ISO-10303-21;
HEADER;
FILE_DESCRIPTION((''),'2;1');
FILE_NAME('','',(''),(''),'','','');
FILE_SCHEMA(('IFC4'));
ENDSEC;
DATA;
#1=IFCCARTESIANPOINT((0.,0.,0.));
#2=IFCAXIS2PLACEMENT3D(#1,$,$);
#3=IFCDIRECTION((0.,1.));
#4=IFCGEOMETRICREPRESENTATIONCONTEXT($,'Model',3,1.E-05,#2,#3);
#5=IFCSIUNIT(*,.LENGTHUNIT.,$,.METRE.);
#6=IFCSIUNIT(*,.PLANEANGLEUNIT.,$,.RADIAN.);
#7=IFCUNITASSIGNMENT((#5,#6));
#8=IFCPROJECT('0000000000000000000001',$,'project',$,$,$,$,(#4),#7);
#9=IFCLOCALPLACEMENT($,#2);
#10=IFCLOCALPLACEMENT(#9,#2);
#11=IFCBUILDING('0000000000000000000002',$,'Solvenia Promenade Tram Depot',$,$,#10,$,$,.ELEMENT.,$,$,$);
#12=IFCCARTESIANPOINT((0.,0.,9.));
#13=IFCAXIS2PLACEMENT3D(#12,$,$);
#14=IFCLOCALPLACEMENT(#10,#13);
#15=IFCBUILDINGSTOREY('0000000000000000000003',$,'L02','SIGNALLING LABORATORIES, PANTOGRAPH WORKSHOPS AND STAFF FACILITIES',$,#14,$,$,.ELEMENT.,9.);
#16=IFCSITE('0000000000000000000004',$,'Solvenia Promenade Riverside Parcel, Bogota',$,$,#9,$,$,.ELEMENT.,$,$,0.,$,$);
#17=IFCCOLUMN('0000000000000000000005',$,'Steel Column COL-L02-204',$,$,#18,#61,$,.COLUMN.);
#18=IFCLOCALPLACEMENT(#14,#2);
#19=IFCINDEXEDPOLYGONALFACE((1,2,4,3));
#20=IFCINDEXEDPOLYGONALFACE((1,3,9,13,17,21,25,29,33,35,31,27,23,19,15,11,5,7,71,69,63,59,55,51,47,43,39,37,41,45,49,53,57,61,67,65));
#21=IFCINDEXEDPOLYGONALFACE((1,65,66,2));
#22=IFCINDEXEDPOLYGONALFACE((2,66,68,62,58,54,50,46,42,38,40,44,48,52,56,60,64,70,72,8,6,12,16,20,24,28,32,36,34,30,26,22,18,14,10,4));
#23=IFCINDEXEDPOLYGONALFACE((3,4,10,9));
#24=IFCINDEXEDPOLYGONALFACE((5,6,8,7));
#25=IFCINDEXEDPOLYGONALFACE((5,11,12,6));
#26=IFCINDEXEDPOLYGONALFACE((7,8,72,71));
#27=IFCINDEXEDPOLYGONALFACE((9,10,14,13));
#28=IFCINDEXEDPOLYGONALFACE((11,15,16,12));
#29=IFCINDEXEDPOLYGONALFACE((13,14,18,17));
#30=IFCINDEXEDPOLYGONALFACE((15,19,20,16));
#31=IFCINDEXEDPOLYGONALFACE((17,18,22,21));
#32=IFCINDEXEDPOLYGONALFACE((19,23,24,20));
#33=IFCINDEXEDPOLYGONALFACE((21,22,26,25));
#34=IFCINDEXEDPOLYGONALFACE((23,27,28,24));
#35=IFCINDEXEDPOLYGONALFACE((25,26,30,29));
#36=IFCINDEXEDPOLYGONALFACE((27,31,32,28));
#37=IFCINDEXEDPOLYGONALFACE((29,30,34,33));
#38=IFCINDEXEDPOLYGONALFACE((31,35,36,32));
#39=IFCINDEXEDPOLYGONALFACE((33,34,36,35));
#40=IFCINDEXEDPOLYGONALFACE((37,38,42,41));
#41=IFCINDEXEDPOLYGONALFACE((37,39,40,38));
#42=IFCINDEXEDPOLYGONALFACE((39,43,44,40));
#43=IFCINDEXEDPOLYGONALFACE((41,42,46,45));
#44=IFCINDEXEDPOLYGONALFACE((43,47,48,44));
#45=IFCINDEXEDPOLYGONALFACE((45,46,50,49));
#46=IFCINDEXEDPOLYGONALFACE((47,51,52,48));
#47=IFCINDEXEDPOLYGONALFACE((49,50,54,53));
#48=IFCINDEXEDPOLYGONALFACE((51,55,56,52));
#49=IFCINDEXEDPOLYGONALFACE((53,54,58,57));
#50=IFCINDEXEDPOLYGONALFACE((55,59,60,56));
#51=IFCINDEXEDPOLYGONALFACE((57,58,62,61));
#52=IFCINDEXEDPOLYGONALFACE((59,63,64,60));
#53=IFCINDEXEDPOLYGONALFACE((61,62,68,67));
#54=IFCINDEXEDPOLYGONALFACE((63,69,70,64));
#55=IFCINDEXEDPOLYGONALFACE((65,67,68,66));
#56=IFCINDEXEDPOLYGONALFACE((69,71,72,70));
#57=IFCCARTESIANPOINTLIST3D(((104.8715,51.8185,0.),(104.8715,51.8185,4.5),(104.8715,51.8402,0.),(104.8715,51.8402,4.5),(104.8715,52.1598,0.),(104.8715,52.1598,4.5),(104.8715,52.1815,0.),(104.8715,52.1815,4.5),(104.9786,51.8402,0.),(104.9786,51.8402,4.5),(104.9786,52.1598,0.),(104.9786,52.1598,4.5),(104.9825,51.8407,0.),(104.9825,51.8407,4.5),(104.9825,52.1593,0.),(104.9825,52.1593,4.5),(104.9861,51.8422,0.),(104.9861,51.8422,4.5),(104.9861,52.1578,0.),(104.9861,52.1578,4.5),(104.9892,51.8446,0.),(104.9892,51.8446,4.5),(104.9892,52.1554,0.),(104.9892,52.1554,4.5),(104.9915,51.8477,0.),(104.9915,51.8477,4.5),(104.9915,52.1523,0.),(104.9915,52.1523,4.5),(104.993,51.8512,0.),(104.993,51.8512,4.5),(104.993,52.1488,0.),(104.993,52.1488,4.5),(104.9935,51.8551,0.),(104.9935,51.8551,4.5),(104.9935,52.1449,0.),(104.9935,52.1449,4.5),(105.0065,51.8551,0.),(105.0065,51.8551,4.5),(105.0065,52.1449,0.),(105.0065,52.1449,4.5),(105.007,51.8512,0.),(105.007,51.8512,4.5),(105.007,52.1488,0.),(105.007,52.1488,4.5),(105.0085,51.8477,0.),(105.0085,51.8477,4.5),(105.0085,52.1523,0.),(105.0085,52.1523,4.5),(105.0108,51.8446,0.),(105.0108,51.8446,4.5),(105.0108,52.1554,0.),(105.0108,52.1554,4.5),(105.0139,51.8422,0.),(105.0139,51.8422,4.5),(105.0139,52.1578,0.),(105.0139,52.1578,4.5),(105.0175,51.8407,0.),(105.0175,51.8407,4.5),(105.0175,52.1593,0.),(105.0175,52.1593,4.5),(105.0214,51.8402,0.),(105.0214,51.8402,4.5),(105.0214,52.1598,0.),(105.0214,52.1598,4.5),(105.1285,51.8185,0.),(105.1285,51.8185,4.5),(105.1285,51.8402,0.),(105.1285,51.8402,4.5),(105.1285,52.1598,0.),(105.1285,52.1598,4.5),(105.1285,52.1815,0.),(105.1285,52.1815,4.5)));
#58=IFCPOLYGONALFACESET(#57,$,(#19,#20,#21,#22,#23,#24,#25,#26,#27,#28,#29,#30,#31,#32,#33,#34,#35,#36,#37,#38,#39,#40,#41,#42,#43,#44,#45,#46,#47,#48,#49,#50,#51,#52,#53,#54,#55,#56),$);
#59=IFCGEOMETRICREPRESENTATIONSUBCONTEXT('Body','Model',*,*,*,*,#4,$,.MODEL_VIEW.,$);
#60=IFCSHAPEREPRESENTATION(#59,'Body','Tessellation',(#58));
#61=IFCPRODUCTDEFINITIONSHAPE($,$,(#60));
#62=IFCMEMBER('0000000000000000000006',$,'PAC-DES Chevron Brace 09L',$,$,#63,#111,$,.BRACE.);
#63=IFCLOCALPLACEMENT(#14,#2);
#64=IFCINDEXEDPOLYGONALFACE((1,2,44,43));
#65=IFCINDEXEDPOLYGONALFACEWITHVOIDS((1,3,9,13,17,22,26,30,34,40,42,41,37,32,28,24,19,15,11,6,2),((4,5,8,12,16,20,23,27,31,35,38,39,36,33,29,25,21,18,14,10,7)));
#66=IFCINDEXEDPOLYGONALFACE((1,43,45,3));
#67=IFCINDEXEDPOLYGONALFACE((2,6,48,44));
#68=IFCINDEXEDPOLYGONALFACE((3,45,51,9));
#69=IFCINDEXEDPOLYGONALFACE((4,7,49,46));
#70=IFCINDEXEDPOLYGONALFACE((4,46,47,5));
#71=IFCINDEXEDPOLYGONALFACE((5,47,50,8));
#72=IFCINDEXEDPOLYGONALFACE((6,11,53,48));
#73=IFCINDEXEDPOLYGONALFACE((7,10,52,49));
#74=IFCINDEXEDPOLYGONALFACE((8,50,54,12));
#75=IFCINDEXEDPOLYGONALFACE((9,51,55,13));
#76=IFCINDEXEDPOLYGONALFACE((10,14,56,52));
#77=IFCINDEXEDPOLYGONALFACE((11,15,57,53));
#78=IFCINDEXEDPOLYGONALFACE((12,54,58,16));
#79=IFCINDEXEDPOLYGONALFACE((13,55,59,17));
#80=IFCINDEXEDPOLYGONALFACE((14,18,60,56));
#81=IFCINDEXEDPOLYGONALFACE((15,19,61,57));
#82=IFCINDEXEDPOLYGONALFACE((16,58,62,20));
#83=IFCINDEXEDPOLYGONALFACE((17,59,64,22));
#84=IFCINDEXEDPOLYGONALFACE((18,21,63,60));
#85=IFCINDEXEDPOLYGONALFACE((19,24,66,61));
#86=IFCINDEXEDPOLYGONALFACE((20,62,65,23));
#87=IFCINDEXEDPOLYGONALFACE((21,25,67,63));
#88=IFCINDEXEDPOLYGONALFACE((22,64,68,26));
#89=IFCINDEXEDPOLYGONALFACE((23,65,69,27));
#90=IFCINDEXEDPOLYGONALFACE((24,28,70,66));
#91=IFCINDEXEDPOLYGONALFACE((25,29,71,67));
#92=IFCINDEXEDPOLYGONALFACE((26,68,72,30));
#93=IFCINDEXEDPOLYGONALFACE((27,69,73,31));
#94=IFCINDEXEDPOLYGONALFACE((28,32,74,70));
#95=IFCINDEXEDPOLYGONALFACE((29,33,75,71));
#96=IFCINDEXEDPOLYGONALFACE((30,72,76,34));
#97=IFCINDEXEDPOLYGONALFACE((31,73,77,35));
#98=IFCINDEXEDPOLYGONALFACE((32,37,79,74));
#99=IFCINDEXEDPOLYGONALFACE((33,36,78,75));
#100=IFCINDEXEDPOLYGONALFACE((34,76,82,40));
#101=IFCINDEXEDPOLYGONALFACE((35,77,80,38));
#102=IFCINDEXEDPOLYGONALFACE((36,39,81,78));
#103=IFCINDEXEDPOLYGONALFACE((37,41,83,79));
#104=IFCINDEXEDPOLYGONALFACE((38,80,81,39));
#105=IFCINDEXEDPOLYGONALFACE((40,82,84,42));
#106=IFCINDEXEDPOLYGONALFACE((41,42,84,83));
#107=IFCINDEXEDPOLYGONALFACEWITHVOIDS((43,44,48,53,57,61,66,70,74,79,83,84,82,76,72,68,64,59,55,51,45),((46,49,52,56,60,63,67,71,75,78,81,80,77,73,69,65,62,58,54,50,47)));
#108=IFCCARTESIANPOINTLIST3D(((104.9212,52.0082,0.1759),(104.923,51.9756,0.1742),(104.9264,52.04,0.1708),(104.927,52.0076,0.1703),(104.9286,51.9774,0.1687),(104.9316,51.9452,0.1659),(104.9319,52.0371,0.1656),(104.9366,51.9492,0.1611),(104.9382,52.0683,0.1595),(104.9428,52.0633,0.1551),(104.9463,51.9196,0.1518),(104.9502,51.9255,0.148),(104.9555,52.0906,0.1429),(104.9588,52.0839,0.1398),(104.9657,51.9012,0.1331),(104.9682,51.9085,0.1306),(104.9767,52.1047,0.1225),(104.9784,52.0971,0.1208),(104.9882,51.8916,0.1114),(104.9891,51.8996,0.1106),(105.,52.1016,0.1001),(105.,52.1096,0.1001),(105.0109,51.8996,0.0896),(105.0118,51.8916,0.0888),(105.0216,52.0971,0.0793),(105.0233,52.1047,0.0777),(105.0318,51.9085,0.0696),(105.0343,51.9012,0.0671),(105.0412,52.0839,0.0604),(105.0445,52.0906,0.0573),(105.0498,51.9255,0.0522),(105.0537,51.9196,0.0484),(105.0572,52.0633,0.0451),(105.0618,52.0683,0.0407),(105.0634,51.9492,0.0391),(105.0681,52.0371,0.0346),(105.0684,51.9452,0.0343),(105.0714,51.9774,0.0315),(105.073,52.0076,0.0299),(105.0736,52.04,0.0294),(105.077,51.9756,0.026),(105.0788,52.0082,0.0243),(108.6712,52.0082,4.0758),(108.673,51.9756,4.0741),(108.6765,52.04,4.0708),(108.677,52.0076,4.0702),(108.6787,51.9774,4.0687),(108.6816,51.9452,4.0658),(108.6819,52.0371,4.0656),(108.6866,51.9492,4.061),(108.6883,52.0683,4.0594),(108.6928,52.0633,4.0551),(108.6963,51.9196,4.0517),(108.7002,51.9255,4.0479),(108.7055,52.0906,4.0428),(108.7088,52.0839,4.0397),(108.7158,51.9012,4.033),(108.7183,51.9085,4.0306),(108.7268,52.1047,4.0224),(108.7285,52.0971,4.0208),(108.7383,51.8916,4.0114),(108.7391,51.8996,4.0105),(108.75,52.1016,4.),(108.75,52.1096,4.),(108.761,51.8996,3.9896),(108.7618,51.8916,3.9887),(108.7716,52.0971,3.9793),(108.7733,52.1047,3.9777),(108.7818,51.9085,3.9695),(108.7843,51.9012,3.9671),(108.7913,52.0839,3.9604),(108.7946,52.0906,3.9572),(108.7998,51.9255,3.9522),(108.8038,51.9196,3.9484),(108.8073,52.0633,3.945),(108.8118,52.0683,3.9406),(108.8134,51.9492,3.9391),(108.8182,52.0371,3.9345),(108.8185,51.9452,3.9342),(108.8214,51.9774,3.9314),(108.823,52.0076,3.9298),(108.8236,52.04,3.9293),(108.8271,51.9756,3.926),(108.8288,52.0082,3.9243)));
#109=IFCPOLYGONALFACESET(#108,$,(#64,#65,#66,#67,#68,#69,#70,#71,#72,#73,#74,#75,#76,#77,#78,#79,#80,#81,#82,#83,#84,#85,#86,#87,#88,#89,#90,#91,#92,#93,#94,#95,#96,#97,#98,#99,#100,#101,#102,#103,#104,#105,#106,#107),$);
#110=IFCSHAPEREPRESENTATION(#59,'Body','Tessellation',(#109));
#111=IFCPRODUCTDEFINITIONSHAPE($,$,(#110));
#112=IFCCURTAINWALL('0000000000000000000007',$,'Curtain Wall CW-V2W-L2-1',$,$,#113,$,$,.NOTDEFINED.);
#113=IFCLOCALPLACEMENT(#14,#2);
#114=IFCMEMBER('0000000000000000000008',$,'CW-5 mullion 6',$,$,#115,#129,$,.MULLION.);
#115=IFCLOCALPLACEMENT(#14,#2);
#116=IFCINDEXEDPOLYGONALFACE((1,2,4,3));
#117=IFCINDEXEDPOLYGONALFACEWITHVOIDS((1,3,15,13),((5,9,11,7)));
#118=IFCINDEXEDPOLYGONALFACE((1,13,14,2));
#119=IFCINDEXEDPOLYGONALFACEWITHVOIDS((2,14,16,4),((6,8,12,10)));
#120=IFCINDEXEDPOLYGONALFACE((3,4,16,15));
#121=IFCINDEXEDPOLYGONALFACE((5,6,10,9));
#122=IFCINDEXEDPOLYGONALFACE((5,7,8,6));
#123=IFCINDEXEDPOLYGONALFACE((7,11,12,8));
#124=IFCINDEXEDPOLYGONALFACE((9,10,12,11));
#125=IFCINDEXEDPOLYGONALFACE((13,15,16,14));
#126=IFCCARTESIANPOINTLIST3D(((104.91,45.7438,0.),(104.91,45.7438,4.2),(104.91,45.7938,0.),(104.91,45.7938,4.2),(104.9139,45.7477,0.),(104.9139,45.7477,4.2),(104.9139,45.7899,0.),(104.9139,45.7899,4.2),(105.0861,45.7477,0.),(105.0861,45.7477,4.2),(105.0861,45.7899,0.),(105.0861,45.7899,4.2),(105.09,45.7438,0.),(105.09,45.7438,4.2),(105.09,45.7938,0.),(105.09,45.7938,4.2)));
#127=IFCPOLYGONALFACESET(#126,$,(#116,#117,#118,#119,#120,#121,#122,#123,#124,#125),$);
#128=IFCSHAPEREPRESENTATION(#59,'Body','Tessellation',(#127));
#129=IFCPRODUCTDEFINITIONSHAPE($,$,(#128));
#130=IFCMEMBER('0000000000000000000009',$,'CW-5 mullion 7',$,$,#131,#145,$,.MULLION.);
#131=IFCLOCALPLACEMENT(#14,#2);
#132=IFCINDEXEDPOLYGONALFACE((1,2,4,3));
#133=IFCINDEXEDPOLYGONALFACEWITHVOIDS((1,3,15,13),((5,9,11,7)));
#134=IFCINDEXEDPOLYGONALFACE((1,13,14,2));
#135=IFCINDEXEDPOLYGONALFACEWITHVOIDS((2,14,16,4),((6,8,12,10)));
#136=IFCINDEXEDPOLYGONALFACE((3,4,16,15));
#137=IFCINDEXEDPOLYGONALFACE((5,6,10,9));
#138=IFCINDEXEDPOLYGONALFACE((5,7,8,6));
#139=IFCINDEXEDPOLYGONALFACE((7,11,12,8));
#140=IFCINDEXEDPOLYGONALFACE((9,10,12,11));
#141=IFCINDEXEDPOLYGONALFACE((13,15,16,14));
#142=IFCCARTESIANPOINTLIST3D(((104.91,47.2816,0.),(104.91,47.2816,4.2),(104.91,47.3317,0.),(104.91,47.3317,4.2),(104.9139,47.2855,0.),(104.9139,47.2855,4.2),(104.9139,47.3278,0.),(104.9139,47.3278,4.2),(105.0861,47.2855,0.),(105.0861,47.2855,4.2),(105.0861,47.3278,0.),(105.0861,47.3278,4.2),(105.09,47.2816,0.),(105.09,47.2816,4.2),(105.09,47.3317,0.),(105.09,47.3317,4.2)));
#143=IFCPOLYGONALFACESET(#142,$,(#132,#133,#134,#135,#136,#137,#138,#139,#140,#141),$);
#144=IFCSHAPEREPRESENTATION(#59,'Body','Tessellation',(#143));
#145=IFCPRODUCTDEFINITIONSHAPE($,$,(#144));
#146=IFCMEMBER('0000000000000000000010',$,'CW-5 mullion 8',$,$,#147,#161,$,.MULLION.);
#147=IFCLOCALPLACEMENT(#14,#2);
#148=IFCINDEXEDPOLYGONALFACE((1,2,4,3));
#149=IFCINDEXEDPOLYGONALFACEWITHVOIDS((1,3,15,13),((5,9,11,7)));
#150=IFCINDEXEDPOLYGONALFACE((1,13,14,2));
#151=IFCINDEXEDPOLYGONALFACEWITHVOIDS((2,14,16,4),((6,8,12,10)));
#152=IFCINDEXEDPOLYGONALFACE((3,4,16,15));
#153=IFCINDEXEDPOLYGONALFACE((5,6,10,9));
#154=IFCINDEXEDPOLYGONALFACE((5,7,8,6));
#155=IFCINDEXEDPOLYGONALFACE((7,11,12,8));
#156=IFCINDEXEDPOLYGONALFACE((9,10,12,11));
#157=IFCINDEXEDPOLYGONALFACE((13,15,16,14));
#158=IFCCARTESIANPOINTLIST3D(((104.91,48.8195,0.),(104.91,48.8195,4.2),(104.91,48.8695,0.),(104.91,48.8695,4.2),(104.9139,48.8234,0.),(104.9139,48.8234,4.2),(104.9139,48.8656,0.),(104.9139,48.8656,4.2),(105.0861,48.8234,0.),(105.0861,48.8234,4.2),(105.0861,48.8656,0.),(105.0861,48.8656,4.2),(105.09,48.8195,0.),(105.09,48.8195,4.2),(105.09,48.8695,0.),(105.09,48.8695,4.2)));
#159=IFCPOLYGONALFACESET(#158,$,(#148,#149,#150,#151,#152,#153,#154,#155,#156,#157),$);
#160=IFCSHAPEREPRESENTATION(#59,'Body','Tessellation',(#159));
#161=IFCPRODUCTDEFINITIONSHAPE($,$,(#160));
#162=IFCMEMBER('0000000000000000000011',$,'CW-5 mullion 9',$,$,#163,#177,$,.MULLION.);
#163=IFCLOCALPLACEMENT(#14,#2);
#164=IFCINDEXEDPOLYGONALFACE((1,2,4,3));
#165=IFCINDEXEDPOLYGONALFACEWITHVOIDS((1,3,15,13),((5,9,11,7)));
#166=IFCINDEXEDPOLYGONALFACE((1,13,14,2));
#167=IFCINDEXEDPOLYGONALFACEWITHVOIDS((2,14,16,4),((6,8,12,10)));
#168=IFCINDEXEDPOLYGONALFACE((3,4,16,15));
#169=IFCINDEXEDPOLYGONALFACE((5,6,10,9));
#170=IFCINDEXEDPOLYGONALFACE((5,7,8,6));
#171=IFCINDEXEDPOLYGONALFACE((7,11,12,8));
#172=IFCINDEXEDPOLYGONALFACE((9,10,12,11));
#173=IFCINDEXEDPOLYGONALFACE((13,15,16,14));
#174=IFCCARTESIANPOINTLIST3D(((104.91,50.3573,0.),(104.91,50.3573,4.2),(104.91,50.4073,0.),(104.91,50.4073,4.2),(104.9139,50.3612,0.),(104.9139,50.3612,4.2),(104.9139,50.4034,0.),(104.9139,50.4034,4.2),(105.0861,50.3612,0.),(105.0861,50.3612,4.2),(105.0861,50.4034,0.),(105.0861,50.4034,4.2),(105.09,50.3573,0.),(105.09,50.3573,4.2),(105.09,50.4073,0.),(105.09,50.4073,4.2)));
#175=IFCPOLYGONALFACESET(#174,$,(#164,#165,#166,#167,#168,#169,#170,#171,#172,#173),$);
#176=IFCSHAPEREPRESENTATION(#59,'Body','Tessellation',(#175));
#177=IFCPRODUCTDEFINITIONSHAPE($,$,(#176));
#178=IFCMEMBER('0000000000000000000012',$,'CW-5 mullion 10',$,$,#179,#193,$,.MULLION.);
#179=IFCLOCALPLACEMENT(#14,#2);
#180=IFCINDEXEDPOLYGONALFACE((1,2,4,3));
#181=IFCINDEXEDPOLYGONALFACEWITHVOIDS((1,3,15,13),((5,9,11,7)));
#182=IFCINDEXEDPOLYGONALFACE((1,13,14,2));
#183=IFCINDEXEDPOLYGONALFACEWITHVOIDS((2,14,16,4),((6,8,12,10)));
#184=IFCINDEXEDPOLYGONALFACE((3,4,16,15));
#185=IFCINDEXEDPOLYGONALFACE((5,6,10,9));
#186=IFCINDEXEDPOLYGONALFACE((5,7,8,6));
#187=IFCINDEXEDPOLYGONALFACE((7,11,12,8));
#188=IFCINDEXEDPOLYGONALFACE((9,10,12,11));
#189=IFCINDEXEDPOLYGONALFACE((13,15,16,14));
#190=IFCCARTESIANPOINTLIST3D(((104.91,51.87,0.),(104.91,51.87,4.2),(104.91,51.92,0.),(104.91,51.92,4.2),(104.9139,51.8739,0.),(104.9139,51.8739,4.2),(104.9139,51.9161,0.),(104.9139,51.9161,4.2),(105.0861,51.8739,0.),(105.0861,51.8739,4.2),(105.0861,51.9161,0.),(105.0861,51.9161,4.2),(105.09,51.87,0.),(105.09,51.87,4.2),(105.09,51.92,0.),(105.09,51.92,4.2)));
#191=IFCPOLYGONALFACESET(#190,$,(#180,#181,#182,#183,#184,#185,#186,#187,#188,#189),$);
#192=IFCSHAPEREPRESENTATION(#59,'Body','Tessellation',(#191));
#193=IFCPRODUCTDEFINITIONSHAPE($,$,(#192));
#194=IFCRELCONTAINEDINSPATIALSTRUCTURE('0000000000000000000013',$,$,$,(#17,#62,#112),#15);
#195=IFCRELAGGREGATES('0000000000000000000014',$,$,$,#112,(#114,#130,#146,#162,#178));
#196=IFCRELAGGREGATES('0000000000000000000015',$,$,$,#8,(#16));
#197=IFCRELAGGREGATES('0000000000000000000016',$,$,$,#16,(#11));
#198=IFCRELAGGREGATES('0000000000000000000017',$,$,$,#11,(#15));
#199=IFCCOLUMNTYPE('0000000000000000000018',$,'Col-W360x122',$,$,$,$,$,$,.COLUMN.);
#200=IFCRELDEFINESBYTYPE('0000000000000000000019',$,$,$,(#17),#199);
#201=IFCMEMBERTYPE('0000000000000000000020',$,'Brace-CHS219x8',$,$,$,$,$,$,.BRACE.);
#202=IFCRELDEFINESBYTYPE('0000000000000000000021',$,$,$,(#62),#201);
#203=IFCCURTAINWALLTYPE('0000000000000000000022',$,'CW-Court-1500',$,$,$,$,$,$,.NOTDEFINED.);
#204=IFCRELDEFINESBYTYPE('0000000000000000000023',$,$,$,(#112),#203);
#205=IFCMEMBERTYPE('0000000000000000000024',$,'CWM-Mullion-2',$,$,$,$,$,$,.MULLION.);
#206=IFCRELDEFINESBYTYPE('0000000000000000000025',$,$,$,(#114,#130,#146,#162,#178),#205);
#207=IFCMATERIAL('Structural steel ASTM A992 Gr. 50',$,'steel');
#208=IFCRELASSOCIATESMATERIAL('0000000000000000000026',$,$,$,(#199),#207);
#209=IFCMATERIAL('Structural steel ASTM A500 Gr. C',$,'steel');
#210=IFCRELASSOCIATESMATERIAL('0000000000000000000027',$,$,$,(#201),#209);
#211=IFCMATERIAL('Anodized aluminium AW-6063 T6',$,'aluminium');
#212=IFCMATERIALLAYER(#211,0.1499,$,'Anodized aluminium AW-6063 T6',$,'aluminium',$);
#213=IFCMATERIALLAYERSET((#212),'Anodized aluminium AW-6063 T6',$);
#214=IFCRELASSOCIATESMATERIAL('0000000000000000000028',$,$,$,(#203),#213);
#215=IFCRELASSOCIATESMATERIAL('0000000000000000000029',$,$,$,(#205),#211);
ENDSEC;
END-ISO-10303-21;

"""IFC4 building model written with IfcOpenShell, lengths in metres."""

from ifc_helpers import new_model, si_unit, direction, frame, origin, origin_2d, place, context, subcontext, project, spatial, hollow_rectangle, hollow_circle, i_section, extrude, material, layer, layer_set, material_profile, profile_set, type_object, element, aggregate, save


model = new_model("IFC4")

# Units and contexts
model_context = context("Model", 3, precision=1e-05, world=origin(), true_north=direction((0.0, 1.0)))
body_context = subcontext(model_context, "Body", "Model", "MODEL_VIEW")
ifc_project = project(units=[si_unit("LENGTHUNIT", "METRE"), si_unit("PLANEANGLEUNIT", "RADIAN")], contexts=[model_context])

# Site, building, storey
site_placement = place(None, origin())
site = spatial("IfcSite", under=ifc_project, at=site_placement, Name="Solvenia Promenade Riverside Parcel, Bogota", CompositionType="ELEMENT", RefElevation=0.0)
building_placement = place(site_placement, origin())
building = spatial("IfcBuilding", under=site, at=building_placement, Name="Solvenia Promenade Tram Depot", CompositionType="ELEMENT")
storey_placement = place(building_placement, frame((0.0, 0.0, 9.0)))
storey = spatial("IfcBuildingStorey", under=building, at=storey_placement, Name="L02", Description="SIGNALLING LABORATORIES, PANTOGRAPH WORKSHOPS AND STAFF FACILITIES", CompositionType="ELEMENT", Elevation=9.0)

# Column
ifc_material_1 = material(Name="Structural steel ASTM A992 Gr. 50", Category="steel")
ifc_material_profile_1 = material_profile(ifc_material_1, i_section(OverallWidth=0.2571, OverallDepth=0.363, WebThickness=0.0129, FlangeThickness=0.0217, FilletRadius=0.0149, at=origin_2d()), Name="W360x122", Category="steel")
ifc_profile_set_1 = profile_set([ifc_material_profile_1], Name="Structural steel ASTM A992 Gr. 50")
column_type = type_object("IfcColumnType", Name="Col-W360x122", PredefinedType="COLUMN", material=ifc_profile_set_1)
column_placement = place(storey_placement, frame((105.0, 52.0, 0.0), z_axis=(0.0, 0.0, 1.0), x_axis=(1.0, 0.0, 0.0)))
element("IfcColumn", 1, at=column_placement, inside=storey, type_object=column_type, Name="Steel Column COL-L02-204", PredefinedType="COLUMN", context=body_context, shape_type="SweptSolid", body=[
    extrude(i_section(OverallWidth=0.2571, OverallDepth=0.363, WebThickness=0.0129, FlangeThickness=0.0217, FilletRadius=0.0149, at=origin_2d()), origin(), (0.0, 0.0, 1.0), 4.5),
])

# Member
ifc_material_2 = material(Name="Structural steel ASTM A500 Gr. C", Category="steel")
ifc_material_profile_2 = material_profile(ifc_material_2, hollow_circle(Radius=0.1096, WallThickness=0.0081, at=origin_2d()), Name="CHS219.1x8", Category="steel")
ifc_profile_set_2 = profile_set([ifc_material_profile_2], Name="Structural steel ASTM A500 Gr. C")
member_type_1 = type_object("IfcMemberType", Name="Brace-CHS219x8", PredefinedType="BRACE", material=ifc_profile_set_2)
member_1_placement = place(storey_placement, frame((105.0, 52.0, 0.1001), z_axis=(0.693118, 0.0, 0.720824), x_axis=(0.0, 1.0, 0.0)))
element("IfcMember", 2, at=member_1_placement, inside=storey, type_object=member_type_1, Name="PAC-DES Chevron Brace 09L", PredefinedType="BRACE", context=body_context, shape_type="SweptSolid", body=[
    extrude(hollow_circle(Radius=0.1096, WallThickness=0.0081, at=origin_2d()), origin(), (0.0, 0.0, 1.0), 5.4104),
])

# Curtain wall, members
ifc_material_3 = material(Name="Anodized aluminium AW-6063 T6", Category="aluminium")
ifc_layer_1 = layer(ifc_material_3, 0.1499, Name="Anodized aluminium AW-6063 T6", Category="aluminium")
ifc_layer_set_1 = layer_set([ifc_layer_1], Name="Anodized aluminium AW-6063 T6")
curtain_wall_type = type_object("IfcCurtainWallType", Name="CW-Court-1500", PredefinedType="NOTDEFINED", material=ifc_layer_set_1)
curtain_wall_placement = place(storey_placement, origin())
curtain_wall = element("IfcCurtainWall", 3, at=curtain_wall_placement, inside=storey, type_object=curtain_wall_type, Name="Curtain Wall CW-V2W-L2-1", PredefinedType="NOTDEFINED")
ifc_material_profile_3 = material_profile(ifc_material_3, hollow_rectangle(XDim=0.1799, YDim=0.05, WallThickness=0.0039, at=origin_2d()), Name="ALU-M2", Category="aluminium")
ifc_profile_set_3 = profile_set([ifc_material_profile_3], Name="Anodized aluminium AW-6063 T6")
member_type_2 = type_object("IfcMemberType", Name="CWM-Mullion-2", PredefinedType="MULLION", material=ifc_profile_set_3)
member_2_placement = place(storey_placement, frame((105.0, 45.7688, 0.0), z_axis=(0.0, 0.0, 1.0), x_axis=(-1.0, 0.0, 0.0)))
member_2 = element("IfcMember", 4, at=member_2_placement, type_object=member_type_2, Name="CW-5 mullion 6", PredefinedType="MULLION", context=body_context, shape_type="SweptSolid", body=[
    extrude(hollow_rectangle(XDim=0.1799, YDim=0.05, WallThickness=0.0039, at=origin_2d()), origin(), (0.0, 0.0, 1.0), 4.2),
])
member_3_placement = place(storey_placement, frame((105.0, 47.3066, 0.0), z_axis=(0.0, 0.0, 1.0), x_axis=(-1.0, 0.0, 0.0)))
member_3 = element("IfcMember", 5, at=member_3_placement, type_object=member_type_2, Name="CW-5 mullion 7", PredefinedType="MULLION", context=body_context, shape_type="SweptSolid", body=[
    extrude(hollow_rectangle(XDim=0.1799, YDim=0.05, WallThickness=0.0039, at=origin_2d()), origin(), (0.0, 0.0, 1.0), 4.2),
])
member_4_placement = place(storey_placement, frame((105.0, 48.8445, 0.0), z_axis=(0.0, 0.0, 1.0), x_axis=(-1.0, 0.0, 0.0)))
member_4 = element("IfcMember", 6, at=member_4_placement, type_object=member_type_2, Name="CW-5 mullion 8", PredefinedType="MULLION", context=body_context, shape_type="SweptSolid", body=[
    extrude(hollow_rectangle(XDim=0.1799, YDim=0.05, WallThickness=0.0039, at=origin_2d()), origin(), (0.0, 0.0, 1.0), 4.2),
])
member_5_placement = place(storey_placement, frame((105.0, 50.3823, 0.0), z_axis=(0.0, 0.0, 1.0), x_axis=(-1.0, 0.0, 0.0)))
member_5 = element("IfcMember", 7, at=member_5_placement, type_object=member_type_2, Name="CW-5 mullion 9", PredefinedType="MULLION", context=body_context, shape_type="SweptSolid", body=[
    extrude(hollow_rectangle(XDim=0.1799, YDim=0.05, WallThickness=0.0039, at=origin_2d()), origin(), (0.0, 0.0, 1.0), 4.2),
])
member_6_placement = place(storey_placement, frame((105.0, 51.895, 0.0), z_axis=(0.0, 0.0, 1.0), x_axis=(-1.0, 0.0, 0.0)))
member_6 = element("IfcMember", 8, at=member_6_placement, type_object=member_type_2, Name="CW-5 mullion 10", PredefinedType="MULLION", context=body_context, shape_type="SweptSolid", body=[
    extrude(hollow_rectangle(XDim=0.1799, YDim=0.05, WallThickness=0.0039, at=origin_2d()), origin(), (0.0, 0.0, 1.0), 4.2),
])

aggregate(curtain_wall, [member_2, member_3, member_4, member_5, member_6])

save(model, "model.ifc")
